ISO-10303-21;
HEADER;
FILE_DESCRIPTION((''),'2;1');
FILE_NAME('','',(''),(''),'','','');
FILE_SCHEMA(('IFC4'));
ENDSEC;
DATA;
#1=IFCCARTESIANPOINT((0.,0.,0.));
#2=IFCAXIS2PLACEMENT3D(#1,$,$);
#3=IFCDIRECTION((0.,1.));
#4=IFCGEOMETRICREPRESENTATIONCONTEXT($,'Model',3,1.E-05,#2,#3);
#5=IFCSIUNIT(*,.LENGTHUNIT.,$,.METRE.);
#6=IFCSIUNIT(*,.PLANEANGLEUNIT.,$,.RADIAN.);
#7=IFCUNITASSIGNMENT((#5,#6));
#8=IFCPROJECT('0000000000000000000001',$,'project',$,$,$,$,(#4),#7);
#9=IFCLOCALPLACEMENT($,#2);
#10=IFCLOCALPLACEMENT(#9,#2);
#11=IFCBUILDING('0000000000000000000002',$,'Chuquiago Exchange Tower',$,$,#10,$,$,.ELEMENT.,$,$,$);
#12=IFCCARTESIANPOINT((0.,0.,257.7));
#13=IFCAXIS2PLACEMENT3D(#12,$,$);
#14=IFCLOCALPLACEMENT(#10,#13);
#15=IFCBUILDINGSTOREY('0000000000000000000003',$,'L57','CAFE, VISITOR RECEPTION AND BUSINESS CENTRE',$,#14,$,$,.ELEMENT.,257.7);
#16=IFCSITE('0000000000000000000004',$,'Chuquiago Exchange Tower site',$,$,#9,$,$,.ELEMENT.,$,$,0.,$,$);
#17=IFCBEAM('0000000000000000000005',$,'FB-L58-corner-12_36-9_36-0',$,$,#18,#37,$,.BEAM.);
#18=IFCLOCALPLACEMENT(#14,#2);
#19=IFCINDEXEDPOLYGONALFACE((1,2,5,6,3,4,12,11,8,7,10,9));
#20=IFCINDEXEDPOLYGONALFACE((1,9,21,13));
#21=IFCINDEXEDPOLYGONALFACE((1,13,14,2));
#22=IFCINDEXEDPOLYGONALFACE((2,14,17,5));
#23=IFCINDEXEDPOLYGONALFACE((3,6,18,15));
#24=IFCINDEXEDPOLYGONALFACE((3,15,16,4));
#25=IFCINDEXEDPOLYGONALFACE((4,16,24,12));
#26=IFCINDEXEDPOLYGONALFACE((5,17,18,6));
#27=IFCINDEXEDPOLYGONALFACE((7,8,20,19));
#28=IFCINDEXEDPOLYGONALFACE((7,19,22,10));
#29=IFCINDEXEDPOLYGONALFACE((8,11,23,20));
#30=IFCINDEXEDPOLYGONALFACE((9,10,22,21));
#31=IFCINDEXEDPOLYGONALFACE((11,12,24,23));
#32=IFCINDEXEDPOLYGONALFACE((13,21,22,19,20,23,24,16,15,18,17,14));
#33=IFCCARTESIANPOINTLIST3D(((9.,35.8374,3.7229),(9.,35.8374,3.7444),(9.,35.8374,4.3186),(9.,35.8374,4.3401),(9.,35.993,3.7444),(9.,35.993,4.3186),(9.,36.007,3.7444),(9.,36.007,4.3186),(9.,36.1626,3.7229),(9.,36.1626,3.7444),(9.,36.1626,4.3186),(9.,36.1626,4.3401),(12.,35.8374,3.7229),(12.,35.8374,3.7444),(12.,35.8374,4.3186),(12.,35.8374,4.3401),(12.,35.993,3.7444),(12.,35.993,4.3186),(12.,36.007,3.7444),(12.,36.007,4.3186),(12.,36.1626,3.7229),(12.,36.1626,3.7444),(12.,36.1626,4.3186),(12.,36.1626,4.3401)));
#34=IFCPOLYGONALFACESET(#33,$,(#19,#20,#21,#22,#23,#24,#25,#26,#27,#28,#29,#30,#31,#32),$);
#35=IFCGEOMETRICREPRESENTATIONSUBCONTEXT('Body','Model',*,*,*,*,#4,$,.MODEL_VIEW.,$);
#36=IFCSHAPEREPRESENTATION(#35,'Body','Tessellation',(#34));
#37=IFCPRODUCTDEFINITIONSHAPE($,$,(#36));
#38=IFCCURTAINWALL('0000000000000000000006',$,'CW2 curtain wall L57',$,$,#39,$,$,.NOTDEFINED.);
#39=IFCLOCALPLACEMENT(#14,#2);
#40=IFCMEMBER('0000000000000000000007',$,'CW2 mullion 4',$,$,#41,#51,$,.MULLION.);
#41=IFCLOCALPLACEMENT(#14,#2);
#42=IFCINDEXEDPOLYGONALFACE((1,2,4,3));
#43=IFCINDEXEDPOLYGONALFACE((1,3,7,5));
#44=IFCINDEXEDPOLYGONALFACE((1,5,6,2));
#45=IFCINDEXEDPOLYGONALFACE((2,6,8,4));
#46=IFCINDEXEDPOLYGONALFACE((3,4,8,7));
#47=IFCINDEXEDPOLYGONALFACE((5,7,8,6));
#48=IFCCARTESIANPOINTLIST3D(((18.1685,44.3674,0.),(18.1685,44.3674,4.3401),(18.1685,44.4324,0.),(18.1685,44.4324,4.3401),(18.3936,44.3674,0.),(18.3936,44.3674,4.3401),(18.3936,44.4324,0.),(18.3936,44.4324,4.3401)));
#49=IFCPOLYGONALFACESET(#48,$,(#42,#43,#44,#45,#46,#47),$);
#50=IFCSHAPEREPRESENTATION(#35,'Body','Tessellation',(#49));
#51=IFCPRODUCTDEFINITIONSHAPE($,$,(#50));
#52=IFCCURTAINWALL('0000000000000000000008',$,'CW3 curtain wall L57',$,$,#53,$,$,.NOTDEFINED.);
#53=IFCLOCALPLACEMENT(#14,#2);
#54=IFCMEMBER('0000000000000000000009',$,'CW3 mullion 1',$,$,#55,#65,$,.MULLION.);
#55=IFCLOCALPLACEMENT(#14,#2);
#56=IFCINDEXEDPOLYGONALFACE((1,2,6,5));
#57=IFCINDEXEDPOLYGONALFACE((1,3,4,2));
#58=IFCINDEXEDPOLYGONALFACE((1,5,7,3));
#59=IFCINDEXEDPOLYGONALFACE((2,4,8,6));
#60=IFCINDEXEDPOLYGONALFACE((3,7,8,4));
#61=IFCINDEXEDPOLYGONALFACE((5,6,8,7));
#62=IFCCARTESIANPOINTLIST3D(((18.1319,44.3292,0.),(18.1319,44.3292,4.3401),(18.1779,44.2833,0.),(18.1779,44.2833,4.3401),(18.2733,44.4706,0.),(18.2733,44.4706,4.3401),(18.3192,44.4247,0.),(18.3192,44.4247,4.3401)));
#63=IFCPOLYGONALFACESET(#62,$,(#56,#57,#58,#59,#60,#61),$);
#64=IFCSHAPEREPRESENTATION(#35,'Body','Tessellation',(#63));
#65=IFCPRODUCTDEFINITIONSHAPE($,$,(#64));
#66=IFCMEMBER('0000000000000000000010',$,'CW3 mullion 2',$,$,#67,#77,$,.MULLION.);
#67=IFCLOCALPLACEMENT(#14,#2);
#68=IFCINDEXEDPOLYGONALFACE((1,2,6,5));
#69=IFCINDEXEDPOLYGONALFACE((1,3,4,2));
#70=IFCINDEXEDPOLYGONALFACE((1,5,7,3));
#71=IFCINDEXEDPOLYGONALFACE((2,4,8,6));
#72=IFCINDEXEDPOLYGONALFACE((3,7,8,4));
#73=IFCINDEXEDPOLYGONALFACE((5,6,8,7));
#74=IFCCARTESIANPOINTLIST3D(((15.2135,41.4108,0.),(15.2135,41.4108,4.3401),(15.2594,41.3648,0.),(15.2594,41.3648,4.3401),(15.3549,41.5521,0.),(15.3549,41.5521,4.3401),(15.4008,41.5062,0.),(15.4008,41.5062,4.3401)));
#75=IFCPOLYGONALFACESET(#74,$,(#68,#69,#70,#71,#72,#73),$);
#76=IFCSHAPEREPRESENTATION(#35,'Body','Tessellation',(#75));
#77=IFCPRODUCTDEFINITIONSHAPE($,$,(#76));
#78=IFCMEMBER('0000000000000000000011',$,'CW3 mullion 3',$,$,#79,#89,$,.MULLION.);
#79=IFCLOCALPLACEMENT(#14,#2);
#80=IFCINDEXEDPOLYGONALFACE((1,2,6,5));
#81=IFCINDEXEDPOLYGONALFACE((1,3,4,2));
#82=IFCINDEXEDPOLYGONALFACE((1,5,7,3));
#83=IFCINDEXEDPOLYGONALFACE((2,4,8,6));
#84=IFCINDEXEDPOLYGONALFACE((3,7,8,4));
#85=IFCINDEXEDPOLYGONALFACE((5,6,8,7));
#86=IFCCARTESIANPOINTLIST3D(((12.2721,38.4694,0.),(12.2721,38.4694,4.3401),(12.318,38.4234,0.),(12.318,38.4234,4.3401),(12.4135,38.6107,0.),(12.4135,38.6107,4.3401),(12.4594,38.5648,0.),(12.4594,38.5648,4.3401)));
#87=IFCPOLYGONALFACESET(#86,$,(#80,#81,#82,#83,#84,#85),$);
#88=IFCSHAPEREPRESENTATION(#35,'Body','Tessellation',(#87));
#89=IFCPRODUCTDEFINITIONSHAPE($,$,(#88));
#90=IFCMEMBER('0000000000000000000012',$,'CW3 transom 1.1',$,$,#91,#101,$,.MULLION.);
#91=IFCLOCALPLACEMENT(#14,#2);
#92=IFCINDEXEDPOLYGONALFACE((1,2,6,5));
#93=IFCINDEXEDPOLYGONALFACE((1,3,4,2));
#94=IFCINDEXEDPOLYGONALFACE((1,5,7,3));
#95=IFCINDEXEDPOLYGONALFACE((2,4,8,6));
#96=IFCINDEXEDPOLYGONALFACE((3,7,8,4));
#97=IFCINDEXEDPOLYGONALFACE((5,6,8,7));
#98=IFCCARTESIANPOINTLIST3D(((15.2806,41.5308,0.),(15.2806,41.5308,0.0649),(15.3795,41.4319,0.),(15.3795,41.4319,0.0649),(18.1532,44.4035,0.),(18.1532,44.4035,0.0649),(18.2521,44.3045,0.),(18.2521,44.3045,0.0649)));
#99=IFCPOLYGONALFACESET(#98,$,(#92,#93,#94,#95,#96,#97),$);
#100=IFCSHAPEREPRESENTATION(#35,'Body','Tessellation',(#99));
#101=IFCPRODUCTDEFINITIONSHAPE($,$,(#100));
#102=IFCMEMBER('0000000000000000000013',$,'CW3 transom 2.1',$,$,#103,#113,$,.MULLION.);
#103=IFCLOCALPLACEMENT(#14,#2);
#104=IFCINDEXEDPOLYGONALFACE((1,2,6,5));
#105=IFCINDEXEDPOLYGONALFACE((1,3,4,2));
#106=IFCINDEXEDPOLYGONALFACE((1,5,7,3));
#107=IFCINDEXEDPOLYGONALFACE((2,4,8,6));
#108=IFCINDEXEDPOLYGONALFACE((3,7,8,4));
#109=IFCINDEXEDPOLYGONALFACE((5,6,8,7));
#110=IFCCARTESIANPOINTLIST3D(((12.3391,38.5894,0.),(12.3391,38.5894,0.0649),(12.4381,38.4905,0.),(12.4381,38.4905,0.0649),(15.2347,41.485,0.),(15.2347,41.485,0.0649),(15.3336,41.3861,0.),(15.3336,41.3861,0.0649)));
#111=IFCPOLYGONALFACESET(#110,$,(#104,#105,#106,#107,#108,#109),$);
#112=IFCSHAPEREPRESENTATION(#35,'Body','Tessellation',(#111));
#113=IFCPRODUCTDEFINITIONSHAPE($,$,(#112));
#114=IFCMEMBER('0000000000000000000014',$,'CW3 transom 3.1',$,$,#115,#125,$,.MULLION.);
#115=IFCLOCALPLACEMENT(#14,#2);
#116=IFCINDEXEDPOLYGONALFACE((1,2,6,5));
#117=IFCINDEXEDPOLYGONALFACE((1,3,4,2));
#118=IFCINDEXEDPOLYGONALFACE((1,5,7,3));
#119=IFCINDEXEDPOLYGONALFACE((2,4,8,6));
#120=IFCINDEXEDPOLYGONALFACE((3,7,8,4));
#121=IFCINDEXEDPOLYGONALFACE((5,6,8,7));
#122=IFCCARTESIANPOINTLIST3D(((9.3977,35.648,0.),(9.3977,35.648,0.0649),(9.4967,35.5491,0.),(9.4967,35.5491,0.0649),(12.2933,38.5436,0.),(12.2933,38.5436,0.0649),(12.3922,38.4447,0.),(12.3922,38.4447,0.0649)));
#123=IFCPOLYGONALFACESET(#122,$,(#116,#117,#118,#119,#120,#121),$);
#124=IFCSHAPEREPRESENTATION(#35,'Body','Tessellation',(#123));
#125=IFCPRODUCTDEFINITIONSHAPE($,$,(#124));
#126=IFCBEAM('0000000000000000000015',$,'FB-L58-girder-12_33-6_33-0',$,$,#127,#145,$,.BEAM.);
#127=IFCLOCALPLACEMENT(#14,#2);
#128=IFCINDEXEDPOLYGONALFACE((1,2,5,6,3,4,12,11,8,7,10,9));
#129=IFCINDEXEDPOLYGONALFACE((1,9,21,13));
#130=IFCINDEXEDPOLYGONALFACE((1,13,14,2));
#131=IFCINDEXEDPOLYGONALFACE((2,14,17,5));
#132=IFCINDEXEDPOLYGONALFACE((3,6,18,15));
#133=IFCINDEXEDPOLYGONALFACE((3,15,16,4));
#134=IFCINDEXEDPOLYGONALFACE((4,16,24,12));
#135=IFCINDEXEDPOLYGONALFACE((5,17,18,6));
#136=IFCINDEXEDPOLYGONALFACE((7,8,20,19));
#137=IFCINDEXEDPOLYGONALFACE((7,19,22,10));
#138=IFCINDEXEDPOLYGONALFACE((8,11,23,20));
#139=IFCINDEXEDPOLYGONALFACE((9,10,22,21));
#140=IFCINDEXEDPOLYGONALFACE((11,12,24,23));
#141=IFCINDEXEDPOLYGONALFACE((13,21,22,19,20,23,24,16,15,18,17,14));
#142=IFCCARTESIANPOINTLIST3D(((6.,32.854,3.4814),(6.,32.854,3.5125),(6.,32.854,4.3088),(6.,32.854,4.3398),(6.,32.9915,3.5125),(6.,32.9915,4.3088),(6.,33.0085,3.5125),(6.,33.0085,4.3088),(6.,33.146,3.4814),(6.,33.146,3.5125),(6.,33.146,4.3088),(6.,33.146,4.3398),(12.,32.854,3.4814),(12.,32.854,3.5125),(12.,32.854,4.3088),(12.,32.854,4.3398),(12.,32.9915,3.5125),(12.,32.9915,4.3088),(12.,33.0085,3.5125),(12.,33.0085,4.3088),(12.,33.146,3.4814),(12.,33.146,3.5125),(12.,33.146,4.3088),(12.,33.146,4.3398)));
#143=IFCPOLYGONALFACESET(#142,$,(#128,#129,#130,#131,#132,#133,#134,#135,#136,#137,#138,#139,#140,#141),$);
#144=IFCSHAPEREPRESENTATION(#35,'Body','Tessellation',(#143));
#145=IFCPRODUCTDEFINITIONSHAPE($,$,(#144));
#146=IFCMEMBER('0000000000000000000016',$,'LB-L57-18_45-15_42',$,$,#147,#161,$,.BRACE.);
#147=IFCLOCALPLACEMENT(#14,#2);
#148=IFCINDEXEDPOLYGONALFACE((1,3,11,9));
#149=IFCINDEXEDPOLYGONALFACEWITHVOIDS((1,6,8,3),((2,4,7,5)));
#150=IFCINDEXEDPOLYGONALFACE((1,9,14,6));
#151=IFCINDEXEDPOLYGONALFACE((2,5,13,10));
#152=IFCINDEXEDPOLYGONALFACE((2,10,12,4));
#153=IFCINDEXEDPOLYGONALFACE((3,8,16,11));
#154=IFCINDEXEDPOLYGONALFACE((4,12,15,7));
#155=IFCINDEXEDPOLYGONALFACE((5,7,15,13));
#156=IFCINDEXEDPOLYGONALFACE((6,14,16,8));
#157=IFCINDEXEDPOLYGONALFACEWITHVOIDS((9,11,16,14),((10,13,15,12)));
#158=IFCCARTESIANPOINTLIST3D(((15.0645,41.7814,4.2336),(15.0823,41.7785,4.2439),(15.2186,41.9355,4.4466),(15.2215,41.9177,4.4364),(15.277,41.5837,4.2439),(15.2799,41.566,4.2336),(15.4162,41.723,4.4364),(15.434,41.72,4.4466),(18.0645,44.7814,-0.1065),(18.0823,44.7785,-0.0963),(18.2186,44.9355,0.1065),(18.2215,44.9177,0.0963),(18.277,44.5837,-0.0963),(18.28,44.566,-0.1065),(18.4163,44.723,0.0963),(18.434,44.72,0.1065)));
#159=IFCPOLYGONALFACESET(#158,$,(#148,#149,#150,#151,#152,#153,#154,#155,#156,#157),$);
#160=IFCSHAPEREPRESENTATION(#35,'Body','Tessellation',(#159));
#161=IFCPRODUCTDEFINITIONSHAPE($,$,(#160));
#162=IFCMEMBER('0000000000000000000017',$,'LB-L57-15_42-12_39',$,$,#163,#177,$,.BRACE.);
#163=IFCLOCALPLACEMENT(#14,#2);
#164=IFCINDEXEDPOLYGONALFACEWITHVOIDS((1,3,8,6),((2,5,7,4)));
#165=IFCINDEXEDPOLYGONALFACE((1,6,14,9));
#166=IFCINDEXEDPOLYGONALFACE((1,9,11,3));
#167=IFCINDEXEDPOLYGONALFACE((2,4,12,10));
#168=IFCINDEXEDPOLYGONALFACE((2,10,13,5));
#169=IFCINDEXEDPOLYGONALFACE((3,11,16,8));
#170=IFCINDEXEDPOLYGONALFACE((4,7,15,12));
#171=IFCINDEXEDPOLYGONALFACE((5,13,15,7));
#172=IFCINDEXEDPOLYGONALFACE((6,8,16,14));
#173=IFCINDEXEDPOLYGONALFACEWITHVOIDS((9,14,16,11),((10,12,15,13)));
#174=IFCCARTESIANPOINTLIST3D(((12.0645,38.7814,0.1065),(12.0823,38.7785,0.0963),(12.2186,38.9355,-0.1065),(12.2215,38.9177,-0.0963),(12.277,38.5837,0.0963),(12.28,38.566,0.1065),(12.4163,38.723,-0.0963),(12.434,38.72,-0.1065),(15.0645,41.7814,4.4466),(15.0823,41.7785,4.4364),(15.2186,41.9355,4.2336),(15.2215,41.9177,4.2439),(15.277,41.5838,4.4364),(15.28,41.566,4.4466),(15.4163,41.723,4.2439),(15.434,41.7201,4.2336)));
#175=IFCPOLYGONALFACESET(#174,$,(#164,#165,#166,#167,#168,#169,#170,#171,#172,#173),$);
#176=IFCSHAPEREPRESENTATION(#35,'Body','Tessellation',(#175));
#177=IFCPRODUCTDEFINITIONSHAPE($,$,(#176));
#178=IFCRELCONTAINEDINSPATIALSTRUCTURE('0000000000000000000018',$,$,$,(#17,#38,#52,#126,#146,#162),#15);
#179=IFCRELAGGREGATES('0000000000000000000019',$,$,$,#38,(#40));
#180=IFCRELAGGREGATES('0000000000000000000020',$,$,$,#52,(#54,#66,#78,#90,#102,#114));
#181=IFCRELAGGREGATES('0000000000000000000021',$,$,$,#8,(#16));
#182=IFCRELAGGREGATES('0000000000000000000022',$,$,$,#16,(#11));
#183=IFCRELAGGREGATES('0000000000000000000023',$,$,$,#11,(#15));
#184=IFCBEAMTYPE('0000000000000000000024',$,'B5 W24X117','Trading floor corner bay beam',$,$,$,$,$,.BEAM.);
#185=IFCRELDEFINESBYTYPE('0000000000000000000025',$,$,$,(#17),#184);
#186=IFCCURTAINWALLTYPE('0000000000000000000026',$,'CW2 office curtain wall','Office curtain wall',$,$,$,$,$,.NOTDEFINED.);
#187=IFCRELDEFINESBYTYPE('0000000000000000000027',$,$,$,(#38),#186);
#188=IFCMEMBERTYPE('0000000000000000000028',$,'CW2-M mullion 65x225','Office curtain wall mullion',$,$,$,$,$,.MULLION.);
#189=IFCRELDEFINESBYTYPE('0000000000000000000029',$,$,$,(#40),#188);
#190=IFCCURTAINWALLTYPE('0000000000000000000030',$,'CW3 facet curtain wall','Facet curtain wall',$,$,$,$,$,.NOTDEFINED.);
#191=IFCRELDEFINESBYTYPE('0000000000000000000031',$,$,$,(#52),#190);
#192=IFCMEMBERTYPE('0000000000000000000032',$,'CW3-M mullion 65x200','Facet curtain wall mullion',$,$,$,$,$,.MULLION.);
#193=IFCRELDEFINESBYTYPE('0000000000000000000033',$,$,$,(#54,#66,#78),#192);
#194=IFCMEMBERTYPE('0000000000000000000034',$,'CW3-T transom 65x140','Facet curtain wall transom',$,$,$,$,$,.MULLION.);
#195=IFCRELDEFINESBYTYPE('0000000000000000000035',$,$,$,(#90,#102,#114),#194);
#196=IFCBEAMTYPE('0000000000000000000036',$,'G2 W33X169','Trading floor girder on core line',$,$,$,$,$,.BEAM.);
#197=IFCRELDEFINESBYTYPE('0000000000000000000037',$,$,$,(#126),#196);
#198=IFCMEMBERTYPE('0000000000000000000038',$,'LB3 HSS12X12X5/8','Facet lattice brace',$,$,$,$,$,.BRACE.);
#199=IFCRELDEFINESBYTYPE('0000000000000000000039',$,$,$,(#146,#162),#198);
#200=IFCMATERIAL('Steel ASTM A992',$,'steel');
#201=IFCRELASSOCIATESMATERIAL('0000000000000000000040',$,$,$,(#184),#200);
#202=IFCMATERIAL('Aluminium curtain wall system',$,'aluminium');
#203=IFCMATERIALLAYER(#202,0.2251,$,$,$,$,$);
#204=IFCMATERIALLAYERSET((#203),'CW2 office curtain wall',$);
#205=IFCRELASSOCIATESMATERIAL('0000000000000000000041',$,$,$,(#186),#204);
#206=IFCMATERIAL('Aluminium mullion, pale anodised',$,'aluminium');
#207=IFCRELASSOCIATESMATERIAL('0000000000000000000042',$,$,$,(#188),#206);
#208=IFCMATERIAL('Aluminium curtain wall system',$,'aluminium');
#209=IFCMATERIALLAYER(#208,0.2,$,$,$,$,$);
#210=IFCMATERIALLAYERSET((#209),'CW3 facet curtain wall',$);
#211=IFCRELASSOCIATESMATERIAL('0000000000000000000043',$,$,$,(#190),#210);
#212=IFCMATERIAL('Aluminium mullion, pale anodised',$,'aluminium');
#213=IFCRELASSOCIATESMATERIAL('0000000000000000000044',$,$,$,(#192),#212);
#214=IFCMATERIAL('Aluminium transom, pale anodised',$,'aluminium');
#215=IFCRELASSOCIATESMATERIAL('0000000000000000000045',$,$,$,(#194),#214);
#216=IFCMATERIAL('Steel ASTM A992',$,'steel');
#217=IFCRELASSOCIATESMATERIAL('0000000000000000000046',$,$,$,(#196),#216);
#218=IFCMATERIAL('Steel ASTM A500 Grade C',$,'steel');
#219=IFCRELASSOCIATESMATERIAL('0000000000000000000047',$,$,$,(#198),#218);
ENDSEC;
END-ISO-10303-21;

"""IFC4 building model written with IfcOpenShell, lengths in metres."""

from ifc_helpers import new_model, si_unit, direction, frame, origin, origin_2d, place, context, subcontext, project, spatial, rectangle, hollow_rectangle, i_section, extrude, material, layer, layer_set, material_profile, profile_set, type_object, element, aggregate, save


model = new_model("IFC4")

# Units and contexts
model_context = context("Model", 3, precision=1e-05, world=origin(), true_north=direction((0.0, 1.0)))
body_context = subcontext(model_context, "Body", "Model", "MODEL_VIEW")
ifc_project = project(units=[si_unit("LENGTHUNIT", "METRE"), si_unit("PLANEANGLEUNIT", "RADIAN")], contexts=[model_context])

# Site, building, storey
site_placement = place(None, origin())
site = spatial("IfcSite", under=ifc_project, at=site_placement, Name="Chuquiago Exchange Tower site", CompositionType="ELEMENT", RefElevation=0.0)
building_placement = place(site_placement, origin())
building = spatial("IfcBuilding", under=site, at=building_placement, Name="Chuquiago Exchange Tower", CompositionType="ELEMENT")
storey_placement = place(building_placement, frame((0.0, 0.0, 257.7)))
storey = spatial("IfcBuildingStorey", under=building, at=storey_placement, Name="L57", Description="CAFE, VISITOR RECEPTION AND BUSINESS CENTRE", CompositionType="ELEMENT", Elevation=257.7)

# Beam
ifc_material_1 = material(Name="Steel ASTM A992", Category="steel")
ifc_material_profile_1 = material_profile(ifc_material_1, i_section(OverallWidth=0.3252, OverallDepth=0.6172, WebThickness=0.0139, FlangeThickness=0.0215, at=origin_2d()), Name="W24X117")
ifc_profile_set_1 = profile_set([ifc_material_profile_1], Name="Steel ASTM A992")
beam_type_1 = type_object("IfcBeamType", Name="B5 W24X117", Description="Trading floor corner bay beam", PredefinedType="BEAM", material=ifc_profile_set_1)
beam_1_placement = place(storey_placement, frame((12.0, 36.0, 4.0315), z_axis=(-1.0, 0.0, 0.0), x_axis=(0.0, -1.0, 0.0)))
element("IfcBeam", 1, at=beam_1_placement, inside=storey, type_object=beam_type_1, Name="FB-L58-corner-12_36-9_36-0", PredefinedType="BEAM", context=body_context, shape_type="SweptSolid", body=[
    extrude(i_section(OverallWidth=0.3252, OverallDepth=0.6172, WebThickness=0.0139, FlangeThickness=0.0215, at=origin_2d()), origin(), (0.0, 0.0, 1.0), 3.0),
])

# Curtain wall, member
ifc_material_2 = material(Name="Aluminium curtain wall system", Category="aluminium")
ifc_layer_1 = layer(ifc_material_2, 0.2251)
ifc_layer_set_1 = layer_set([ifc_layer_1], Name="CW2 office curtain wall")
curtain_wall_type_1 = type_object("IfcCurtainWallType", Name="CW2 office curtain wall", Description="Office curtain wall", PredefinedType="NOTDEFINED", material=ifc_layer_set_1)
curtain_wall_1_placement = place(storey_placement, origin())
curtain_wall_1 = element("IfcCurtainWall", 2, at=curtain_wall_1_placement, inside=storey, type_object=curtain_wall_type_1, Name="CW2 curtain wall L57", PredefinedType="NOTDEFINED")
ifc_material_3 = material(Name="Aluminium mullion, pale anodised", Category="aluminium")
ifc_material_profile_2 = material_profile(ifc_material_3, rectangle(XDim=0.0649, YDim=0.2251, at=origin_2d()), Name="AL 65x225")
ifc_profile_set_2 = profile_set([ifc_material_profile_2], Name="Aluminium mullion, pale anodised")
member_type_1 = type_object("IfcMemberType", Name="CW2-M mullion 65x225", Description="Office curtain wall mullion", PredefinedType="MULLION", material=ifc_profile_set_2)
member_1_placement = place(storey_placement, frame((18.281, 44.3999, 0.0), z_axis=(0.0, 0.0, 1.0), x_axis=(0.0, -1.0, 0.0)))
member_1 = element("IfcMember", 3, at=member_1_placement, type_object=member_type_1, Name="CW2 mullion 4", PredefinedType="MULLION", context=body_context, shape_type="SweptSolid", body=[
    extrude(rectangle(XDim=0.0649, YDim=0.2251, at=origin_2d()), origin(), (0.0, 0.0, 1.0), 4.3401),
])
aggregate(curtain_wall_1, [member_1])

# Curtain wall, members
ifc_material_4 = material(Name="Aluminium curtain wall system", Category="aluminium")
ifc_layer_2 = layer(ifc_material_4, 0.2)
ifc_layer_set_2 = layer_set([ifc_layer_2], Name="CW3 facet curtain wall")
curtain_wall_type_2 = type_object("IfcCurtainWallType", Name="CW3 facet curtain wall", Description="Facet curtain wall", PredefinedType="NOTDEFINED", material=ifc_layer_set_2)
curtain_wall_2_placement = place(storey_placement, origin())
curtain_wall_2 = element("IfcCurtainWall", 4, at=curtain_wall_2_placement, inside=storey, type_object=curtain_wall_type_2, Name="CW3 curtain wall L57", PredefinedType="NOTDEFINED")
ifc_material_5 = material(Name="Aluminium mullion, pale anodised", Category="aluminium")
ifc_material_profile_3 = material_profile(ifc_material_5, rectangle(XDim=0.0649, YDim=0.2, at=origin_2d()), Name="AL 65x200")
ifc_profile_set_3 = profile_set([ifc_material_profile_3], Name="Aluminium mullion, pale anodised")
member_type_2 = type_object("IfcMemberType", Name="CW3-M mullion 65x200", Description="Facet curtain wall mullion", PredefinedType="MULLION", material=ifc_profile_set_3)
member_2_placement = place(storey_placement, frame((18.2256, 44.377, 0.0), z_axis=(0.0, 0.0, 1.0), x_axis=(0.707107, -0.707107, 0.0)))
member_2 = element("IfcMember", 5, at=member_2_placement, type_object=member_type_2, Name="CW3 mullion 1", PredefinedType="MULLION", context=body_context, shape_type="SweptSolid", body=[
    extrude(rectangle(XDim=0.0649, YDim=0.2, at=origin_2d()), origin(), (0.0, 0.0, 1.0), 4.3401),
])
member_3_placement = place(storey_placement, frame((15.3071, 41.4585, 0.0), z_axis=(0.0, 0.0, 1.0), x_axis=(0.707107, -0.707107, 0.0)))
member_3 = element("IfcMember", 6, at=member_3_placement, type_object=member_type_2, Name="CW3 mullion 2", PredefinedType="MULLION", context=body_context, shape_type="SweptSolid", body=[
    extrude(rectangle(XDim=0.0649, YDim=0.2, at=origin_2d()), origin(), (0.0, 0.0, 1.0), 4.3401),
])
member_4_placement = place(storey_placement, frame((12.3657, 38.5171, 0.0), z_axis=(0.0, 0.0, 1.0), x_axis=(0.707107, -0.707107, 0.0)))
member_4 = element("IfcMember", 7, at=member_4_placement, type_object=member_type_2, Name="CW3 mullion 3", PredefinedType="MULLION", context=body_context, shape_type="SweptSolid", body=[
    extrude(rectangle(XDim=0.0649, YDim=0.2, at=origin_2d()), origin(), (0.0, 0.0, 1.0), 4.3401),
])
ifc_material_6 = material(Name="Aluminium transom, pale anodised", Category="aluminium")
ifc_material_profile_4 = material_profile(ifc_material_6, rectangle(XDim=0.1399, YDim=0.0649, at=origin_2d()), Name="AL 140x65")
ifc_profile_set_4 = profile_set([ifc_material_profile_4], Name="Aluminium transom, pale anodised")
member_type_3 = type_object("IfcMemberType", Name="CW3-T transom 65x140", Description="Facet curtain wall transom", PredefinedType="MULLION", material=ifc_profile_set_4)
member_5_placement = place(storey_placement, frame((18.2026, 44.354, 0.0325), z_axis=(-0.707107, -0.707107, 0.0), x_axis=(0.707107, -0.707107, 0.0)))
member_5 = element("IfcMember", 8, at=member_5_placement, type_object=member_type_3, Name="CW3 transom 1.1", PredefinedType="MULLION", context=body_context, shape_type="SweptSolid", body=[
    extrude(rectangle(XDim=0.1399, YDim=0.0649, at=origin_2d()), origin(), (0.0, 0.0, 1.0), 4.0625),
])
member_6_placement = place(storey_placement, frame((15.2842, 41.4355, 0.0325), z_axis=(-0.707107, -0.707107, 0.0), x_axis=(0.707107, -0.707107, 0.0)))
member_6 = element("IfcMember", 9, at=member_6_placement, type_object=member_type_3, Name="CW3 transom 2.1", PredefinedType="MULLION", context=body_context, shape_type="SweptSolid", body=[
    extrude(rectangle(XDim=0.1399, YDim=0.0649, at=origin_2d()), origin(), (0.0, 0.0, 1.0), 4.095),
])
member_7_placement = place(storey_placement, frame((12.3428, 38.4941, 0.0325), z_axis=(-0.707107, -0.707107, 0.0), x_axis=(0.707107, -0.707107, 0.0)))
member_7 = element("IfcMember", 10, at=member_7_placement, type_object=member_type_3, Name="CW3 transom 3.1", PredefinedType="MULLION", context=body_context, shape_type="SweptSolid", body=[
    extrude(rectangle(XDim=0.1399, YDim=0.0649, at=origin_2d()), origin(), (0.0, 0.0, 1.0), 4.095),
])

# Beam
ifc_material_7 = material(Name="Steel ASTM A992", Category="steel")
ifc_material_profile_5 = material_profile(ifc_material_7, i_section(OverallWidth=0.292, OverallDepth=0.8584, WebThickness=0.0171, FlangeThickness=0.031, at=origin_2d()), Name="W33X169")
ifc_profile_set_5 = profile_set([ifc_material_profile_5], Name="Steel ASTM A992")
beam_type_2 = type_object("IfcBeamType", Name="G2 W33X169", Description="Trading floor girder on core line", PredefinedType="BEAM", material=ifc_profile_set_5)
beam_2_placement = place(storey_placement, frame((12.0, 33.0, 3.9106), z_axis=(-1.0, 0.0, 0.0), x_axis=(0.0, -1.0, 0.0)))
element("IfcBeam", 11, at=beam_2_placement, inside=storey, type_object=beam_type_2, Name="FB-L58-girder-12_33-6_33-0", PredefinedType="BEAM", context=body_context, shape_type="SweptSolid", body=[
    extrude(i_section(OverallWidth=0.292, OverallDepth=0.8584, WebThickness=0.0171, FlangeThickness=0.031, at=origin_2d()), origin(), (0.0, 0.0, 1.0), 6.0),
])

# Members
ifc_material_8 = material(Name="Steel ASTM A500 Grade C", Category="steel")
ifc_material_profile_6 = material_profile(ifc_material_8, hollow_rectangle(XDim=0.3047, YDim=0.3047, WallThickness=0.0146, at=origin_2d()), Name="HSS12X12X5/8")
ifc_profile_set_6 = profile_set([ifc_material_profile_6], Name="Steel ASTM A500 Grade C")
member_type_4 = type_object("IfcMemberType", Name="LB3 HSS12X12X5/8", Description="Facet lattice brace", PredefinedType="BRACE", material=ifc_profile_set_6)
for number, where, z_axis, x_axis, name in (
    (12, (18.2493, 44.7507, 0.0), (-0.494291, -0.494291, 0.715089), (0.707107, -0.707107, 0.0), "LB-L57-18_45-15_42"),
    (13, (12.2493, 38.7507, 0.0), (0.494291, 0.494291, 0.715089), (-0.707107, 0.707107, 0.0), "LB-L57-15_42-12_39"),
):
    element("IfcMember", number, at=place(storey_placement, frame(where, z_axis=z_axis, x_axis=x_axis)), inside=storey, type_object=member_type_4, Name=name, PredefinedType="BRACE", context=body_context, shape_type="SweptSolid", body=[
        extrude(hollow_rectangle(XDim=0.3047, YDim=0.3047, WallThickness=0.0146, at=origin_2d()), origin(), (0.0, 0.0, 1.0), 6.0693),
    ])

aggregate(curtain_wall_2, [member_2, member_3, member_4, member_5, member_6, member_7])

save(model, "model.ifc")
